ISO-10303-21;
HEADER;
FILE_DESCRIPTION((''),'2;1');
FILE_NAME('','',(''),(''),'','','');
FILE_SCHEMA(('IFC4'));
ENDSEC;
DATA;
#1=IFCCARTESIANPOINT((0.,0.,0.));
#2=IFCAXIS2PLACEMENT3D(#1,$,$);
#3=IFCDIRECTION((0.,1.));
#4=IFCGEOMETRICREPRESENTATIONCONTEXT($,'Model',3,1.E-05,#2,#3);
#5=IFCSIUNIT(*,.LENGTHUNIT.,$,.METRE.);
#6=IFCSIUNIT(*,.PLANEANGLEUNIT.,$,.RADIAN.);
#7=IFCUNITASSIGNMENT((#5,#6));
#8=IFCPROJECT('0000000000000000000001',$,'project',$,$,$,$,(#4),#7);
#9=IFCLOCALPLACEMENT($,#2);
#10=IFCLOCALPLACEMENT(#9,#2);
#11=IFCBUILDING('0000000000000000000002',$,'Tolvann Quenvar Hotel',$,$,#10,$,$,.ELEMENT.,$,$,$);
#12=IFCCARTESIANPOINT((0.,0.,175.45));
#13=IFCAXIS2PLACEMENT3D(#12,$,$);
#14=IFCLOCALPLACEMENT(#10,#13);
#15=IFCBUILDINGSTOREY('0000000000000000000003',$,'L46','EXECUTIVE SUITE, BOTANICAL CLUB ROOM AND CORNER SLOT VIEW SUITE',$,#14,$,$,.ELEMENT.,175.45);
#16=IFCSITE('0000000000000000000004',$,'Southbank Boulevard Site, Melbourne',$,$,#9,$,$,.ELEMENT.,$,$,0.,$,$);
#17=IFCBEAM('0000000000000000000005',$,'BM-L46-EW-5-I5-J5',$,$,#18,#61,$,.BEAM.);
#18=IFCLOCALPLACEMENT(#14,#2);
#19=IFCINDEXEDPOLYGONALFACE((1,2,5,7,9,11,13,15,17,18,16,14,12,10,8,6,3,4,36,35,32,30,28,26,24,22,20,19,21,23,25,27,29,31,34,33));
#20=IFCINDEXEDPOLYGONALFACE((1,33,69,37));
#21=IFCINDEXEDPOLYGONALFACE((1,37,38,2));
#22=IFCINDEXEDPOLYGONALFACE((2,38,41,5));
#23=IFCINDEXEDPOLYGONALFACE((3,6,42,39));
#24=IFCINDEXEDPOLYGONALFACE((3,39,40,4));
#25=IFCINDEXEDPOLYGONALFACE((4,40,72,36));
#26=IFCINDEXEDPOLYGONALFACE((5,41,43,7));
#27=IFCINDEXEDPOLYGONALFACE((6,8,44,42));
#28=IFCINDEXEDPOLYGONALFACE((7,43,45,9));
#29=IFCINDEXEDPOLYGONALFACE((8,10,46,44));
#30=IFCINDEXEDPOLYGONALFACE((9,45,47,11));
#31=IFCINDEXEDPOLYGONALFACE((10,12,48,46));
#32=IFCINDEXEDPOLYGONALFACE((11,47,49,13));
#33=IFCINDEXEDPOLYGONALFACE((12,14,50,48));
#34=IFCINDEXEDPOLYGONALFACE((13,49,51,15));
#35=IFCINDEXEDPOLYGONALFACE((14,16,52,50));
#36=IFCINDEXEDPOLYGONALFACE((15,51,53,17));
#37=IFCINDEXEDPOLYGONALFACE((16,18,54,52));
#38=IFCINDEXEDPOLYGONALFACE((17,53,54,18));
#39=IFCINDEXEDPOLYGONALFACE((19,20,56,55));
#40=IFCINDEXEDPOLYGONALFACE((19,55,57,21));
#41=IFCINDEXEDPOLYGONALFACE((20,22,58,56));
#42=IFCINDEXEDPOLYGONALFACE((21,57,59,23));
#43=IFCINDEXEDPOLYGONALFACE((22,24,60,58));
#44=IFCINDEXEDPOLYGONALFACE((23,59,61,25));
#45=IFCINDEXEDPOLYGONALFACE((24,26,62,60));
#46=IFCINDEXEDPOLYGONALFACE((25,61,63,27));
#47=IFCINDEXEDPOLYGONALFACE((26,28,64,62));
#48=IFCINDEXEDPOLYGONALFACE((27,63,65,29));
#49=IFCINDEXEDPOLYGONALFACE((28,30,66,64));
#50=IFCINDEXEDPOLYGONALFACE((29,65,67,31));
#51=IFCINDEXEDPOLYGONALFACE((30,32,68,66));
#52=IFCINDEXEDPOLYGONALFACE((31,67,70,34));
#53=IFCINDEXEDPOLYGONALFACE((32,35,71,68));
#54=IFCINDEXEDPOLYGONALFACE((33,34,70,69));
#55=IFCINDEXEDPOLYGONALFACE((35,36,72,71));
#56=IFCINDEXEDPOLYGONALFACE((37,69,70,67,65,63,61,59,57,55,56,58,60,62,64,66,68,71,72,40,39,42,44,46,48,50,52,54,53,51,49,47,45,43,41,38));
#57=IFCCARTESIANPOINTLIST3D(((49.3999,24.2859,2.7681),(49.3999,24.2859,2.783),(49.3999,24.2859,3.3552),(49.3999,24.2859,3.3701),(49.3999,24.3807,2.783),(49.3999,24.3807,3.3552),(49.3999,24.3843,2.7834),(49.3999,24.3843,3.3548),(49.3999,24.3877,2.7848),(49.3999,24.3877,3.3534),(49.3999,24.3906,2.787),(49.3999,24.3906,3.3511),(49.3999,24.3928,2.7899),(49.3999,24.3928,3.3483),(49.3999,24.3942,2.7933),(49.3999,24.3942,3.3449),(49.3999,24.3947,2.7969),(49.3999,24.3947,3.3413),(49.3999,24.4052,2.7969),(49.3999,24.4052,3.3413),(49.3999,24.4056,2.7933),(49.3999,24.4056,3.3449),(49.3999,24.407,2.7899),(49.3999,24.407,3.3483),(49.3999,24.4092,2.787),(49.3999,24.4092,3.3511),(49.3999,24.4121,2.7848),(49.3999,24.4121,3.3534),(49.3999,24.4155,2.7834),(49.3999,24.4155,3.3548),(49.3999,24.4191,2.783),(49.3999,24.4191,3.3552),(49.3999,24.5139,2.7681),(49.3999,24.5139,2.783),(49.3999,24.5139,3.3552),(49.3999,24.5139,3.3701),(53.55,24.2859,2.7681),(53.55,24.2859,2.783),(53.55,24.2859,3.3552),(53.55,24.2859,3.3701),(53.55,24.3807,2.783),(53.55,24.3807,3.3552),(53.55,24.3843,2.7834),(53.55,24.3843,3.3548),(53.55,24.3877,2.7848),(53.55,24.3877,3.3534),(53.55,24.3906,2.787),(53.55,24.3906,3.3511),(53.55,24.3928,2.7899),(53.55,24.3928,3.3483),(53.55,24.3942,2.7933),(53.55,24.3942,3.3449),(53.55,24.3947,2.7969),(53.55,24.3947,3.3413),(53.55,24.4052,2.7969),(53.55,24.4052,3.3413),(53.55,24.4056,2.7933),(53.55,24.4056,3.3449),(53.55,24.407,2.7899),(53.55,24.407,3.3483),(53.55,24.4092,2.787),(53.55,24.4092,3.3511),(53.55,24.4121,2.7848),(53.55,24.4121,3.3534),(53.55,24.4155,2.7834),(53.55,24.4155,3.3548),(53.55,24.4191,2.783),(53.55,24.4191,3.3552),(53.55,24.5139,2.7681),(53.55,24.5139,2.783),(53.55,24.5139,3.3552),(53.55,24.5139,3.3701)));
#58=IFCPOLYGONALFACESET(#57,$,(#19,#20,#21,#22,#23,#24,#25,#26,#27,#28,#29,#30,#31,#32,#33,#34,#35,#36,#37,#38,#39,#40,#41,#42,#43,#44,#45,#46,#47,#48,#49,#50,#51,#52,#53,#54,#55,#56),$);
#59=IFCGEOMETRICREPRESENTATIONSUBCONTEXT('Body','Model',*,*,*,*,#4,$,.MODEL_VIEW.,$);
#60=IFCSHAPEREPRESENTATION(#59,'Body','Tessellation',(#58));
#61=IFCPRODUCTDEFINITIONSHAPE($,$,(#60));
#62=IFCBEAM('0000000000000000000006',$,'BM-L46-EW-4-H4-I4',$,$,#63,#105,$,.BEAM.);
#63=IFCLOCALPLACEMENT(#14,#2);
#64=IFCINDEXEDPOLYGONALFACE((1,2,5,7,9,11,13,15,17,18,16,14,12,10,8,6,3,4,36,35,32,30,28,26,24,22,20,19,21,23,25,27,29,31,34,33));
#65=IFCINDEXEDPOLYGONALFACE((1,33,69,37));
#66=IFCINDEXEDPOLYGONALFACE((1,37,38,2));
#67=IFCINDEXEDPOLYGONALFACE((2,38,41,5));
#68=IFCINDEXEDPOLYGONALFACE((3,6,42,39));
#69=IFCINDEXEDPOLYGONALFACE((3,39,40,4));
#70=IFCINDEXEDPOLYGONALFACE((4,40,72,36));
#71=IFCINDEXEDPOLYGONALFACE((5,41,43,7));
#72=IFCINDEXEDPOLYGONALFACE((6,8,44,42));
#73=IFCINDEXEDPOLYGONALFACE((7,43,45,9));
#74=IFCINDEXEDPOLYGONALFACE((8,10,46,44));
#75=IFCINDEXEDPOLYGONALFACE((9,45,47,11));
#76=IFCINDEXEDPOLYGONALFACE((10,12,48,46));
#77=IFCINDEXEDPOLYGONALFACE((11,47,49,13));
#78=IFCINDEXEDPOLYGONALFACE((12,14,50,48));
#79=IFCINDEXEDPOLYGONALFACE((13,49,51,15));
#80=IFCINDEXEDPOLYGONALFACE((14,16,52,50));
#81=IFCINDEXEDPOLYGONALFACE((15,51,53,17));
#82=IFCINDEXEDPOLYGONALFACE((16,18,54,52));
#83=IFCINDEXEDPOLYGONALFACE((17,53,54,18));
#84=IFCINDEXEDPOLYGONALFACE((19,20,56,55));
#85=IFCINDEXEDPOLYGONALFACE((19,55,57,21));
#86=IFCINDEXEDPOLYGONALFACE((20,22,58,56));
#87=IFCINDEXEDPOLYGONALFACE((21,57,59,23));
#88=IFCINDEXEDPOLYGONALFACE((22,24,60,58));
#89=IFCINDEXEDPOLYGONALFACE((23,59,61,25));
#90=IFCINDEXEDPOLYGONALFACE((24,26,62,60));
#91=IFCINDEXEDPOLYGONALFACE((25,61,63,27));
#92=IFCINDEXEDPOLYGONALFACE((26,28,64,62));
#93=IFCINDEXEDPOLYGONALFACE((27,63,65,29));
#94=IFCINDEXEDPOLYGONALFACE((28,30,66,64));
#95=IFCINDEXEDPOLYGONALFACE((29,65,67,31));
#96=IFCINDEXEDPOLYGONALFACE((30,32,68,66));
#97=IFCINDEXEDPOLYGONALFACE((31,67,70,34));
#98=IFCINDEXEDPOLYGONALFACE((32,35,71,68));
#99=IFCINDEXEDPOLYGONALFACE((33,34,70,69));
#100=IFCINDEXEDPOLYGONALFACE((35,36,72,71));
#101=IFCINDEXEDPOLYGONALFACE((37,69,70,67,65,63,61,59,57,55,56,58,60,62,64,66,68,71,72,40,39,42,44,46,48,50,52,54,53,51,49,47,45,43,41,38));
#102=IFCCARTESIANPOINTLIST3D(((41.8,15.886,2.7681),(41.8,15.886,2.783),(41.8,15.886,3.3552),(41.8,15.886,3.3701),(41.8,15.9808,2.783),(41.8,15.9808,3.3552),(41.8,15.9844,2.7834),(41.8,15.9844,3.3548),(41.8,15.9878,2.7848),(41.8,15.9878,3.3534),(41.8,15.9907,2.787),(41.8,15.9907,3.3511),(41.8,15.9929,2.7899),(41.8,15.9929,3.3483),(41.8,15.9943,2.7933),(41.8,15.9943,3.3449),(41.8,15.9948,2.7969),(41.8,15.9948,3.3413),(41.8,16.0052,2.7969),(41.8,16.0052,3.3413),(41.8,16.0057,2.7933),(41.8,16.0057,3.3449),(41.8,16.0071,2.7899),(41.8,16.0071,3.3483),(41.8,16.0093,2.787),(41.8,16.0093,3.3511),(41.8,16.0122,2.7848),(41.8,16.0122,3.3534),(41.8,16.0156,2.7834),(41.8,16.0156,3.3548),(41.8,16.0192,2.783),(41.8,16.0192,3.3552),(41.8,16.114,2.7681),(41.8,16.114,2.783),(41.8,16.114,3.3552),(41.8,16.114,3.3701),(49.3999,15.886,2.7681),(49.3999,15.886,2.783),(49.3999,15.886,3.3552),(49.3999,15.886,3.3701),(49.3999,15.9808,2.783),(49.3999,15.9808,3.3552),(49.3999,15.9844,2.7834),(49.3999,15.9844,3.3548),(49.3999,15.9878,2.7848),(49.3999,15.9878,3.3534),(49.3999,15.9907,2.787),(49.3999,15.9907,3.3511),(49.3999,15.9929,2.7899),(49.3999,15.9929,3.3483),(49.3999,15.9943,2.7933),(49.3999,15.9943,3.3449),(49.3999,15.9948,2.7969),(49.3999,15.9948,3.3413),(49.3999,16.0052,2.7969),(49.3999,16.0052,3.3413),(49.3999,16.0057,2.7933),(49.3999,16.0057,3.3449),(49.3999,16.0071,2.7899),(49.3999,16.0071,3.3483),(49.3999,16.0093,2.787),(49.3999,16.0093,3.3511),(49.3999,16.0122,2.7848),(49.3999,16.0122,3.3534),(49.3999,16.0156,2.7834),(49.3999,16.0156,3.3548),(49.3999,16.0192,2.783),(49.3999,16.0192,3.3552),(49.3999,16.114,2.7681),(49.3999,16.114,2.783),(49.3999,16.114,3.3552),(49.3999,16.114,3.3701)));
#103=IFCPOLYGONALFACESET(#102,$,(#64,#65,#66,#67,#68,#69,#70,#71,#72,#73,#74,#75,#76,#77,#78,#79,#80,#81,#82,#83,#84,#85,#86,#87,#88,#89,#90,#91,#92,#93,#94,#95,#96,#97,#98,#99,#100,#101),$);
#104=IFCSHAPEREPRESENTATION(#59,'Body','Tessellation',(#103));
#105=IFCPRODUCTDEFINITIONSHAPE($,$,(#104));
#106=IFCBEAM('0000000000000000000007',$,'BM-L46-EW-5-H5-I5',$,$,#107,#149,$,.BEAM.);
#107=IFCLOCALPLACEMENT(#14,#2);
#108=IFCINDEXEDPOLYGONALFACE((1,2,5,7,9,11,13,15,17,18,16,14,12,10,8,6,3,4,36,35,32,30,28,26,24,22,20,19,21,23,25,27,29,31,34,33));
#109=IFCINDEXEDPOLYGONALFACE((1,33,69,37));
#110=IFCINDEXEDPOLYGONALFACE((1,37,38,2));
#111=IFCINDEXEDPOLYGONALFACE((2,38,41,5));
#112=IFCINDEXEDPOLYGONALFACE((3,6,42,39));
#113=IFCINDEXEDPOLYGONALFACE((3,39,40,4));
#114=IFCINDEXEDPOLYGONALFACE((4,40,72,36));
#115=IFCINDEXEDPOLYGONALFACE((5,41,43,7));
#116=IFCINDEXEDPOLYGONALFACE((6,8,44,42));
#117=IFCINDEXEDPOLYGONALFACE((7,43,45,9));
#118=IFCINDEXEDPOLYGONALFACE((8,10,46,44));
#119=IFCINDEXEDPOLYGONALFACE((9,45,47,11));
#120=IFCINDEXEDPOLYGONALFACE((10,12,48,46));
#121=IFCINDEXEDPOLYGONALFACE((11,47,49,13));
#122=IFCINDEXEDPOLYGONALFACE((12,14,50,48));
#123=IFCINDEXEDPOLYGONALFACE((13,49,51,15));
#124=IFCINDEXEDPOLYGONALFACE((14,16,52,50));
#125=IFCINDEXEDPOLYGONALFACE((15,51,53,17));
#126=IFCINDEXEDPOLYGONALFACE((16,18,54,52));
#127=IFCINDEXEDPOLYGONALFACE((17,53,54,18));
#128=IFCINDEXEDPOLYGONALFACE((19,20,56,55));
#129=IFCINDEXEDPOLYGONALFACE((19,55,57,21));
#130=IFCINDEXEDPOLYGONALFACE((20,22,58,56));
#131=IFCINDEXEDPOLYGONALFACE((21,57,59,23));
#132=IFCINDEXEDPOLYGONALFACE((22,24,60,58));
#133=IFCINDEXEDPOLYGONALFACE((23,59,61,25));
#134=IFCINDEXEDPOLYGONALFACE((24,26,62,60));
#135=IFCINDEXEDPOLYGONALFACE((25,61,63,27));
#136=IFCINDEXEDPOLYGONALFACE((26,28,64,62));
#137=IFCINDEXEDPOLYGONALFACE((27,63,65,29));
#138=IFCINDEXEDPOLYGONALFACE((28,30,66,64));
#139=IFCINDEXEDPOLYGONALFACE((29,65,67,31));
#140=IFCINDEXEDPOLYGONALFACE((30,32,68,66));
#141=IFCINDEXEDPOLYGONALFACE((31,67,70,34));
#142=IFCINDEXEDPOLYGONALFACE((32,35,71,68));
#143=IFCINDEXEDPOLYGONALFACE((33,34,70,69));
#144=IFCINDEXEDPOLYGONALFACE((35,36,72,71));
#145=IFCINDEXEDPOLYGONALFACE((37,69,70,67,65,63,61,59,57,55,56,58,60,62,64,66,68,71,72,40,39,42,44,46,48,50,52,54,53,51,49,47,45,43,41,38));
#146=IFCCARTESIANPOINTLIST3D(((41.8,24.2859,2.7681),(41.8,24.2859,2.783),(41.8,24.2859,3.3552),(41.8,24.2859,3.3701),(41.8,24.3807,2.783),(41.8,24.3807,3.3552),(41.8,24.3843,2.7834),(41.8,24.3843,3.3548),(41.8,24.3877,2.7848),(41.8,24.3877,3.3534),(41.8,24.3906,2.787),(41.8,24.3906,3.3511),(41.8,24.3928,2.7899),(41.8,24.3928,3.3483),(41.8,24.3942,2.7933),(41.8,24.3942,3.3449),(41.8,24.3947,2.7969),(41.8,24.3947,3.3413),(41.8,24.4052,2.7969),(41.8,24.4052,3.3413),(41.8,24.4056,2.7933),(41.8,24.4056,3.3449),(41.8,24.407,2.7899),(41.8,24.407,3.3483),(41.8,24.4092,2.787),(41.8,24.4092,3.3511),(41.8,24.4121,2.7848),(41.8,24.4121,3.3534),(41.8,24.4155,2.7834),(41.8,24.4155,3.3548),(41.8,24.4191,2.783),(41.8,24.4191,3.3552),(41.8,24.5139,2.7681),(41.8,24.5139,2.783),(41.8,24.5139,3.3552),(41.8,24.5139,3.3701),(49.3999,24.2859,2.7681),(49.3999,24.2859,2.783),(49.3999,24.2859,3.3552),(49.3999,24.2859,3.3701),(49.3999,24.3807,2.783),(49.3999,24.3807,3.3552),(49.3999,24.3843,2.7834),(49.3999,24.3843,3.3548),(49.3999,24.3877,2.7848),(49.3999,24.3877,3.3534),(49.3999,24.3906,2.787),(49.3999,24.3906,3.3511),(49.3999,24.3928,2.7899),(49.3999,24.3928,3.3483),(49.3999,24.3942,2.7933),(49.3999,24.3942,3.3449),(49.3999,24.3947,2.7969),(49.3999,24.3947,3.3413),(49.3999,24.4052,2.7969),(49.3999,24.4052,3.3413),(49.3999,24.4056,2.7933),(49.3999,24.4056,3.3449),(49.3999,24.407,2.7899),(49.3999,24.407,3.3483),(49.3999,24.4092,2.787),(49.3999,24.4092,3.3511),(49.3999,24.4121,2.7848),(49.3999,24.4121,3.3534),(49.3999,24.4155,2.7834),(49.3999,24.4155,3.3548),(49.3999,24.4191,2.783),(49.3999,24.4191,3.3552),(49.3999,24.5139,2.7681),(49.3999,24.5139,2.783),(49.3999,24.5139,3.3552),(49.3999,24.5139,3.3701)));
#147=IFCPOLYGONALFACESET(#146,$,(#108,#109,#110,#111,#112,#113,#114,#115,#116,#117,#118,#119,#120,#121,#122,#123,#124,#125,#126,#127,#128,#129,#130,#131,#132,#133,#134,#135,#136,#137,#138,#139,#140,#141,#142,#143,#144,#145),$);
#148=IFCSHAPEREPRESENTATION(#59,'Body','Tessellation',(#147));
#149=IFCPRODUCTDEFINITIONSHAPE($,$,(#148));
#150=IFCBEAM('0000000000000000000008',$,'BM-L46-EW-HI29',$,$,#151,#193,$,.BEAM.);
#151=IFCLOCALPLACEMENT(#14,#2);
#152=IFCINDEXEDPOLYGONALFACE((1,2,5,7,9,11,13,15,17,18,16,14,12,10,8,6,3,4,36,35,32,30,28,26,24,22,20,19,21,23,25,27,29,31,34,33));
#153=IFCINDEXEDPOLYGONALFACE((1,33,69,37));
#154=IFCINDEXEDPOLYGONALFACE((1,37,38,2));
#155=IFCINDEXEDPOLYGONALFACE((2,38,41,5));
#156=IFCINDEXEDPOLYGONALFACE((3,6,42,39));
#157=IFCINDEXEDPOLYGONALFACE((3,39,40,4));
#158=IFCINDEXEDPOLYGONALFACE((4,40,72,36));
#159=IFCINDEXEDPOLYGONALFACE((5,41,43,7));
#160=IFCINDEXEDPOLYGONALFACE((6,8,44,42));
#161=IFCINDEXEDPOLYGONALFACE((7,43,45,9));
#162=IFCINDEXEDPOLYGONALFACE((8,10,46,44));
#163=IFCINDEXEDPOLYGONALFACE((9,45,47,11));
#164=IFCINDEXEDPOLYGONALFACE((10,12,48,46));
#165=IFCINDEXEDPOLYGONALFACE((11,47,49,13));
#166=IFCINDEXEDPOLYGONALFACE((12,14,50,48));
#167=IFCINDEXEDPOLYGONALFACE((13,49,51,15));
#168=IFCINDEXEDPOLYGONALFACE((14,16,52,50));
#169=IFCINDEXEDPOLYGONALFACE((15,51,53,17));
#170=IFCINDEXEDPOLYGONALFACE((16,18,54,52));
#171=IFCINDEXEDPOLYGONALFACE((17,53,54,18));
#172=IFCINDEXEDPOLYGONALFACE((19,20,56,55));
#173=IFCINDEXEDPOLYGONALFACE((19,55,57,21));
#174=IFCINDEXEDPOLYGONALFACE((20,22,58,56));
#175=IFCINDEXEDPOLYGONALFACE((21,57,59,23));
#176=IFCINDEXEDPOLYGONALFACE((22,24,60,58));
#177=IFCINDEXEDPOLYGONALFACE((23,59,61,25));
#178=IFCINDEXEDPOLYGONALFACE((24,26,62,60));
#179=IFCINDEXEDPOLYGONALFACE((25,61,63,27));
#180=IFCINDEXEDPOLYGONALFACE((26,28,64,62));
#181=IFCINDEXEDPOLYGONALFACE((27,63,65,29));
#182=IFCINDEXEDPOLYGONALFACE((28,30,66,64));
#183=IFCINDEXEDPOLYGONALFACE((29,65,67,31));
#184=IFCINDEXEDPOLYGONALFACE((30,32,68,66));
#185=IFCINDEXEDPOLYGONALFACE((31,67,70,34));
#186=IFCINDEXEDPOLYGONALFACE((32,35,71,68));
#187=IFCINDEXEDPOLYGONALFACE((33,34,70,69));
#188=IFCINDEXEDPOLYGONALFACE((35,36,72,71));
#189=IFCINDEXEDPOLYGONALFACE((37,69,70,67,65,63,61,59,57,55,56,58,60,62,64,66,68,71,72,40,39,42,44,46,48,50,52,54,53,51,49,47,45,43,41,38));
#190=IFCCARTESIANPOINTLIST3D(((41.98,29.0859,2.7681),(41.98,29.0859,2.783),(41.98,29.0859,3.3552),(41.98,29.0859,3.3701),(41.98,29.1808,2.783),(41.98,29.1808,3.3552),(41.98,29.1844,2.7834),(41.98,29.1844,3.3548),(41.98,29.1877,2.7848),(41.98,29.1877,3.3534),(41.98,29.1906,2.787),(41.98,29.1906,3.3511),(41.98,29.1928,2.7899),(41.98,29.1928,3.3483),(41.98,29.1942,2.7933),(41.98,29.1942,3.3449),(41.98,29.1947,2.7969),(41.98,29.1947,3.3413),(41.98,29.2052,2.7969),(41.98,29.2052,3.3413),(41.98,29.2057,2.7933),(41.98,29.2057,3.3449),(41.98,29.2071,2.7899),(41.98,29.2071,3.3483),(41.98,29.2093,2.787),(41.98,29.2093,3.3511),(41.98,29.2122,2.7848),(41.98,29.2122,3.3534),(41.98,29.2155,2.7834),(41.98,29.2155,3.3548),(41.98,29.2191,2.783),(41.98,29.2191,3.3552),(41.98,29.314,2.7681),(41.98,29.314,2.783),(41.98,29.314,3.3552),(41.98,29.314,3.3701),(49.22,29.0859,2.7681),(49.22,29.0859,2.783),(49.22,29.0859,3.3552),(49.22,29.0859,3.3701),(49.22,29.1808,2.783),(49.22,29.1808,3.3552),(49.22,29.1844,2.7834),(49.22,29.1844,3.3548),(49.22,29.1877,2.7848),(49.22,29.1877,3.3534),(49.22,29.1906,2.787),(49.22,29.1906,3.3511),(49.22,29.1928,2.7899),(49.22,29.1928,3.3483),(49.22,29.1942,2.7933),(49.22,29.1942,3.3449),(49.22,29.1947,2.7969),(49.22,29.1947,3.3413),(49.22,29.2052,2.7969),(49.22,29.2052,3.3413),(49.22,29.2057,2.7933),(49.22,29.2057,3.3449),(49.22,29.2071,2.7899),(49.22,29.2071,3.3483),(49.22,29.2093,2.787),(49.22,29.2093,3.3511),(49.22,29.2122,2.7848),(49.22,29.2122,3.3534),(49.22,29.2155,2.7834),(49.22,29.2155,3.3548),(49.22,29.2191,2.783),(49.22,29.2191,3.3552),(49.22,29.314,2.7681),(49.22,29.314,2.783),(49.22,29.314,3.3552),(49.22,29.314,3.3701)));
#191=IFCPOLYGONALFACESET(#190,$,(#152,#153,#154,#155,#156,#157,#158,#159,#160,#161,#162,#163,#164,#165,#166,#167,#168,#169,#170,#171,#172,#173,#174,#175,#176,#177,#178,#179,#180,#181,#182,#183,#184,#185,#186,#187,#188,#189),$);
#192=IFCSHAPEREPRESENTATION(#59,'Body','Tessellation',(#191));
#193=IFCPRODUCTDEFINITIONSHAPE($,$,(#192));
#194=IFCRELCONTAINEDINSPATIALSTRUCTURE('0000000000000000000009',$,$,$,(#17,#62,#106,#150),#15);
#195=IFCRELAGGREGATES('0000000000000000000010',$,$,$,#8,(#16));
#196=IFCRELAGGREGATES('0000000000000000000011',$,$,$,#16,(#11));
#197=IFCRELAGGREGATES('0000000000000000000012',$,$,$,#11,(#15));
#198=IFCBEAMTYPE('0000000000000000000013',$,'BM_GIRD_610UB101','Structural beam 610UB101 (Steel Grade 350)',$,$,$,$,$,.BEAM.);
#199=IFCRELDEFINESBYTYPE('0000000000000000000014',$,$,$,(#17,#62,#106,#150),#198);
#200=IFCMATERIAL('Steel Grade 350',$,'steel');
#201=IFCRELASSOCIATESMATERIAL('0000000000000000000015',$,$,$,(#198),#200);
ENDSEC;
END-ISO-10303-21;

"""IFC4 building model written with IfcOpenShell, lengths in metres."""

from ifc_helpers import new_model, si_unit, direction, frame, origin, origin_2d, place, context, subcontext, project, spatial, i_section, extrude, source, transform, mapped, material, material_profile, profile_set, type_object, element, save


model = new_model("IFC4")

# Units and contexts
model_context = context("Model", 3, precision=1e-05, world=origin(), true_north=direction((0.0, 1.0)))
body_context = subcontext(model_context, "Body", "Model", "MODEL_VIEW")
ifc_project = project(units=[si_unit("LENGTHUNIT", "METRE"), si_unit("PLANEANGLEUNIT", "RADIAN")], contexts=[model_context])

# Site, building, storey
site_placement = place(None, origin())
site = spatial("IfcSite", under=ifc_project, at=site_placement, Name="Southbank Boulevard Site, Melbourne", CompositionType="ELEMENT", RefElevation=0.0)
building_placement = place(site_placement, origin())
building = spatial("IfcBuilding", under=site, at=building_placement, Name="Tolvann Quenvar Hotel", CompositionType="ELEMENT")
storey_placement = place(building_placement, frame((0.0, 0.0, 175.45)))
storey = spatial("IfcBuildingStorey", under=building, at=storey_placement, Name="L46", Description="EXECUTIVE SUITE, BOTANICAL CLUB ROOM AND CORNER SLOT VIEW SUITE", CompositionType="ELEMENT", Elevation=175.45)

# Shared definitions
ifc_material_1 = material(Name="Steel Grade 350", Category="steel")

# Beams
ifc_material_profile_1 = material_profile(ifc_material_1, i_section(OverallWidth=0.228, OverallDepth=0.6021, WebThickness=0.0105, FlangeThickness=0.0149, FilletRadius=0.0139, at=origin_2d()), Name="610UB101")
ifc_profile_set_1 = profile_set([ifc_material_profile_1], Name="Steel Grade 350")
beam_type_1 = type_object("IfcBeamType", Name="BM_GIRD_610UB101", Description="Structural beam 610UB101 (Steel Grade 350)", PredefinedType="BEAM", material=ifc_profile_set_1)
shared_shape_1 = source(origin(), body_context, "Body", "SweptSolid", [
    extrude(i_section(OverallWidth=0.228, OverallDepth=0.6021, WebThickness=0.0105, FlangeThickness=0.0149, FilletRadius=0.0139, at=origin_2d()), origin(), (0.0, 0.0, 1.0), 4.1501),
])
for number, where, z_axis, x_axis, name in (
    (1, (49.3999, 24.3999, 3.0691), (1.0, 0.0, 0.0), (0.0, 1.0, 0.0), "BM-L46-EW-5-I5-J5"),
):
    element("IfcBeam", number, at=place(storey_placement, frame(where, z_axis=z_axis, x_axis=x_axis)), inside=storey, type_object=beam_type_1, Name=name, PredefinedType="BEAM", context=body_context, shape_type="MappedRepresentation", body=[
        mapped(shared_shape_1, transform((0.0, 0.0, 0.0), x_axis=(1.0, 0.0, 0.0), y_axis=(0.0, 1.0, 0.0), z_axis=(0.0, 0.0, 1.0), scale=1.0)),
    ])
shared_shape_2 = source(origin(), body_context, "Body", "SweptSolid", [
    extrude(i_section(OverallWidth=0.228, OverallDepth=0.6021, WebThickness=0.0105, FlangeThickness=0.0149, FilletRadius=0.0139, at=origin_2d()), origin(), (0.0, 0.0, 1.0), 7.5999),
])
for number, where, z_axis, x_axis, name in (
    (2, (41.8, 16.0, 3.0691), (1.0, 0.0, 0.0), (0.0, 1.0, 0.0), "BM-L46-EW-4-H4-I4"),
    (3, (41.8, 24.3999, 3.0691), (1.0, 0.0, 0.0), (0.0, 1.0, 0.0), "BM-L46-EW-5-H5-I5"),
):
    element("IfcBeam", number, at=place(storey_placement, frame(where, z_axis=z_axis, x_axis=x_axis)), inside=storey, type_object=beam_type_1, Name=name, PredefinedType="BEAM", context=body_context, shape_type="MappedRepresentation", body=[
        mapped(shared_shape_2, transform((0.0, 0.0, 0.0), x_axis=(1.0, 0.0, 0.0), y_axis=(0.0, 1.0, 0.0), z_axis=(0.0, 0.0, 1.0), scale=1.0)),
    ])
shared_shape_3 = source(origin(), body_context, "Body", "SweptSolid", [
    extrude(i_section(OverallWidth=0.228, OverallDepth=0.6021, WebThickness=0.0105, FlangeThickness=0.0149, FilletRadius=0.0139, at=origin_2d()), origin(), (0.0, 0.0, 1.0), 7.24),
])
beam_1_placement = place(storey_placement, frame((41.98, 29.2, 3.0691), z_axis=(1.0, 0.0, 0.0), x_axis=(0.0, 1.0, 0.0)))
element("IfcBeam", 4, at=beam_1_placement, inside=storey, type_object=beam_type_1, Name="BM-L46-EW-HI29", PredefinedType="BEAM", context=body_context, shape_type="MappedRepresentation", body=[
    mapped(shared_shape_3, transform((0.0, 0.0, 0.0), x_axis=(1.0, 0.0, 0.0), y_axis=(0.0, 1.0, 0.0), z_axis=(0.0, 0.0, 1.0), scale=1.0)),
])

save(model, "model.ifc")
